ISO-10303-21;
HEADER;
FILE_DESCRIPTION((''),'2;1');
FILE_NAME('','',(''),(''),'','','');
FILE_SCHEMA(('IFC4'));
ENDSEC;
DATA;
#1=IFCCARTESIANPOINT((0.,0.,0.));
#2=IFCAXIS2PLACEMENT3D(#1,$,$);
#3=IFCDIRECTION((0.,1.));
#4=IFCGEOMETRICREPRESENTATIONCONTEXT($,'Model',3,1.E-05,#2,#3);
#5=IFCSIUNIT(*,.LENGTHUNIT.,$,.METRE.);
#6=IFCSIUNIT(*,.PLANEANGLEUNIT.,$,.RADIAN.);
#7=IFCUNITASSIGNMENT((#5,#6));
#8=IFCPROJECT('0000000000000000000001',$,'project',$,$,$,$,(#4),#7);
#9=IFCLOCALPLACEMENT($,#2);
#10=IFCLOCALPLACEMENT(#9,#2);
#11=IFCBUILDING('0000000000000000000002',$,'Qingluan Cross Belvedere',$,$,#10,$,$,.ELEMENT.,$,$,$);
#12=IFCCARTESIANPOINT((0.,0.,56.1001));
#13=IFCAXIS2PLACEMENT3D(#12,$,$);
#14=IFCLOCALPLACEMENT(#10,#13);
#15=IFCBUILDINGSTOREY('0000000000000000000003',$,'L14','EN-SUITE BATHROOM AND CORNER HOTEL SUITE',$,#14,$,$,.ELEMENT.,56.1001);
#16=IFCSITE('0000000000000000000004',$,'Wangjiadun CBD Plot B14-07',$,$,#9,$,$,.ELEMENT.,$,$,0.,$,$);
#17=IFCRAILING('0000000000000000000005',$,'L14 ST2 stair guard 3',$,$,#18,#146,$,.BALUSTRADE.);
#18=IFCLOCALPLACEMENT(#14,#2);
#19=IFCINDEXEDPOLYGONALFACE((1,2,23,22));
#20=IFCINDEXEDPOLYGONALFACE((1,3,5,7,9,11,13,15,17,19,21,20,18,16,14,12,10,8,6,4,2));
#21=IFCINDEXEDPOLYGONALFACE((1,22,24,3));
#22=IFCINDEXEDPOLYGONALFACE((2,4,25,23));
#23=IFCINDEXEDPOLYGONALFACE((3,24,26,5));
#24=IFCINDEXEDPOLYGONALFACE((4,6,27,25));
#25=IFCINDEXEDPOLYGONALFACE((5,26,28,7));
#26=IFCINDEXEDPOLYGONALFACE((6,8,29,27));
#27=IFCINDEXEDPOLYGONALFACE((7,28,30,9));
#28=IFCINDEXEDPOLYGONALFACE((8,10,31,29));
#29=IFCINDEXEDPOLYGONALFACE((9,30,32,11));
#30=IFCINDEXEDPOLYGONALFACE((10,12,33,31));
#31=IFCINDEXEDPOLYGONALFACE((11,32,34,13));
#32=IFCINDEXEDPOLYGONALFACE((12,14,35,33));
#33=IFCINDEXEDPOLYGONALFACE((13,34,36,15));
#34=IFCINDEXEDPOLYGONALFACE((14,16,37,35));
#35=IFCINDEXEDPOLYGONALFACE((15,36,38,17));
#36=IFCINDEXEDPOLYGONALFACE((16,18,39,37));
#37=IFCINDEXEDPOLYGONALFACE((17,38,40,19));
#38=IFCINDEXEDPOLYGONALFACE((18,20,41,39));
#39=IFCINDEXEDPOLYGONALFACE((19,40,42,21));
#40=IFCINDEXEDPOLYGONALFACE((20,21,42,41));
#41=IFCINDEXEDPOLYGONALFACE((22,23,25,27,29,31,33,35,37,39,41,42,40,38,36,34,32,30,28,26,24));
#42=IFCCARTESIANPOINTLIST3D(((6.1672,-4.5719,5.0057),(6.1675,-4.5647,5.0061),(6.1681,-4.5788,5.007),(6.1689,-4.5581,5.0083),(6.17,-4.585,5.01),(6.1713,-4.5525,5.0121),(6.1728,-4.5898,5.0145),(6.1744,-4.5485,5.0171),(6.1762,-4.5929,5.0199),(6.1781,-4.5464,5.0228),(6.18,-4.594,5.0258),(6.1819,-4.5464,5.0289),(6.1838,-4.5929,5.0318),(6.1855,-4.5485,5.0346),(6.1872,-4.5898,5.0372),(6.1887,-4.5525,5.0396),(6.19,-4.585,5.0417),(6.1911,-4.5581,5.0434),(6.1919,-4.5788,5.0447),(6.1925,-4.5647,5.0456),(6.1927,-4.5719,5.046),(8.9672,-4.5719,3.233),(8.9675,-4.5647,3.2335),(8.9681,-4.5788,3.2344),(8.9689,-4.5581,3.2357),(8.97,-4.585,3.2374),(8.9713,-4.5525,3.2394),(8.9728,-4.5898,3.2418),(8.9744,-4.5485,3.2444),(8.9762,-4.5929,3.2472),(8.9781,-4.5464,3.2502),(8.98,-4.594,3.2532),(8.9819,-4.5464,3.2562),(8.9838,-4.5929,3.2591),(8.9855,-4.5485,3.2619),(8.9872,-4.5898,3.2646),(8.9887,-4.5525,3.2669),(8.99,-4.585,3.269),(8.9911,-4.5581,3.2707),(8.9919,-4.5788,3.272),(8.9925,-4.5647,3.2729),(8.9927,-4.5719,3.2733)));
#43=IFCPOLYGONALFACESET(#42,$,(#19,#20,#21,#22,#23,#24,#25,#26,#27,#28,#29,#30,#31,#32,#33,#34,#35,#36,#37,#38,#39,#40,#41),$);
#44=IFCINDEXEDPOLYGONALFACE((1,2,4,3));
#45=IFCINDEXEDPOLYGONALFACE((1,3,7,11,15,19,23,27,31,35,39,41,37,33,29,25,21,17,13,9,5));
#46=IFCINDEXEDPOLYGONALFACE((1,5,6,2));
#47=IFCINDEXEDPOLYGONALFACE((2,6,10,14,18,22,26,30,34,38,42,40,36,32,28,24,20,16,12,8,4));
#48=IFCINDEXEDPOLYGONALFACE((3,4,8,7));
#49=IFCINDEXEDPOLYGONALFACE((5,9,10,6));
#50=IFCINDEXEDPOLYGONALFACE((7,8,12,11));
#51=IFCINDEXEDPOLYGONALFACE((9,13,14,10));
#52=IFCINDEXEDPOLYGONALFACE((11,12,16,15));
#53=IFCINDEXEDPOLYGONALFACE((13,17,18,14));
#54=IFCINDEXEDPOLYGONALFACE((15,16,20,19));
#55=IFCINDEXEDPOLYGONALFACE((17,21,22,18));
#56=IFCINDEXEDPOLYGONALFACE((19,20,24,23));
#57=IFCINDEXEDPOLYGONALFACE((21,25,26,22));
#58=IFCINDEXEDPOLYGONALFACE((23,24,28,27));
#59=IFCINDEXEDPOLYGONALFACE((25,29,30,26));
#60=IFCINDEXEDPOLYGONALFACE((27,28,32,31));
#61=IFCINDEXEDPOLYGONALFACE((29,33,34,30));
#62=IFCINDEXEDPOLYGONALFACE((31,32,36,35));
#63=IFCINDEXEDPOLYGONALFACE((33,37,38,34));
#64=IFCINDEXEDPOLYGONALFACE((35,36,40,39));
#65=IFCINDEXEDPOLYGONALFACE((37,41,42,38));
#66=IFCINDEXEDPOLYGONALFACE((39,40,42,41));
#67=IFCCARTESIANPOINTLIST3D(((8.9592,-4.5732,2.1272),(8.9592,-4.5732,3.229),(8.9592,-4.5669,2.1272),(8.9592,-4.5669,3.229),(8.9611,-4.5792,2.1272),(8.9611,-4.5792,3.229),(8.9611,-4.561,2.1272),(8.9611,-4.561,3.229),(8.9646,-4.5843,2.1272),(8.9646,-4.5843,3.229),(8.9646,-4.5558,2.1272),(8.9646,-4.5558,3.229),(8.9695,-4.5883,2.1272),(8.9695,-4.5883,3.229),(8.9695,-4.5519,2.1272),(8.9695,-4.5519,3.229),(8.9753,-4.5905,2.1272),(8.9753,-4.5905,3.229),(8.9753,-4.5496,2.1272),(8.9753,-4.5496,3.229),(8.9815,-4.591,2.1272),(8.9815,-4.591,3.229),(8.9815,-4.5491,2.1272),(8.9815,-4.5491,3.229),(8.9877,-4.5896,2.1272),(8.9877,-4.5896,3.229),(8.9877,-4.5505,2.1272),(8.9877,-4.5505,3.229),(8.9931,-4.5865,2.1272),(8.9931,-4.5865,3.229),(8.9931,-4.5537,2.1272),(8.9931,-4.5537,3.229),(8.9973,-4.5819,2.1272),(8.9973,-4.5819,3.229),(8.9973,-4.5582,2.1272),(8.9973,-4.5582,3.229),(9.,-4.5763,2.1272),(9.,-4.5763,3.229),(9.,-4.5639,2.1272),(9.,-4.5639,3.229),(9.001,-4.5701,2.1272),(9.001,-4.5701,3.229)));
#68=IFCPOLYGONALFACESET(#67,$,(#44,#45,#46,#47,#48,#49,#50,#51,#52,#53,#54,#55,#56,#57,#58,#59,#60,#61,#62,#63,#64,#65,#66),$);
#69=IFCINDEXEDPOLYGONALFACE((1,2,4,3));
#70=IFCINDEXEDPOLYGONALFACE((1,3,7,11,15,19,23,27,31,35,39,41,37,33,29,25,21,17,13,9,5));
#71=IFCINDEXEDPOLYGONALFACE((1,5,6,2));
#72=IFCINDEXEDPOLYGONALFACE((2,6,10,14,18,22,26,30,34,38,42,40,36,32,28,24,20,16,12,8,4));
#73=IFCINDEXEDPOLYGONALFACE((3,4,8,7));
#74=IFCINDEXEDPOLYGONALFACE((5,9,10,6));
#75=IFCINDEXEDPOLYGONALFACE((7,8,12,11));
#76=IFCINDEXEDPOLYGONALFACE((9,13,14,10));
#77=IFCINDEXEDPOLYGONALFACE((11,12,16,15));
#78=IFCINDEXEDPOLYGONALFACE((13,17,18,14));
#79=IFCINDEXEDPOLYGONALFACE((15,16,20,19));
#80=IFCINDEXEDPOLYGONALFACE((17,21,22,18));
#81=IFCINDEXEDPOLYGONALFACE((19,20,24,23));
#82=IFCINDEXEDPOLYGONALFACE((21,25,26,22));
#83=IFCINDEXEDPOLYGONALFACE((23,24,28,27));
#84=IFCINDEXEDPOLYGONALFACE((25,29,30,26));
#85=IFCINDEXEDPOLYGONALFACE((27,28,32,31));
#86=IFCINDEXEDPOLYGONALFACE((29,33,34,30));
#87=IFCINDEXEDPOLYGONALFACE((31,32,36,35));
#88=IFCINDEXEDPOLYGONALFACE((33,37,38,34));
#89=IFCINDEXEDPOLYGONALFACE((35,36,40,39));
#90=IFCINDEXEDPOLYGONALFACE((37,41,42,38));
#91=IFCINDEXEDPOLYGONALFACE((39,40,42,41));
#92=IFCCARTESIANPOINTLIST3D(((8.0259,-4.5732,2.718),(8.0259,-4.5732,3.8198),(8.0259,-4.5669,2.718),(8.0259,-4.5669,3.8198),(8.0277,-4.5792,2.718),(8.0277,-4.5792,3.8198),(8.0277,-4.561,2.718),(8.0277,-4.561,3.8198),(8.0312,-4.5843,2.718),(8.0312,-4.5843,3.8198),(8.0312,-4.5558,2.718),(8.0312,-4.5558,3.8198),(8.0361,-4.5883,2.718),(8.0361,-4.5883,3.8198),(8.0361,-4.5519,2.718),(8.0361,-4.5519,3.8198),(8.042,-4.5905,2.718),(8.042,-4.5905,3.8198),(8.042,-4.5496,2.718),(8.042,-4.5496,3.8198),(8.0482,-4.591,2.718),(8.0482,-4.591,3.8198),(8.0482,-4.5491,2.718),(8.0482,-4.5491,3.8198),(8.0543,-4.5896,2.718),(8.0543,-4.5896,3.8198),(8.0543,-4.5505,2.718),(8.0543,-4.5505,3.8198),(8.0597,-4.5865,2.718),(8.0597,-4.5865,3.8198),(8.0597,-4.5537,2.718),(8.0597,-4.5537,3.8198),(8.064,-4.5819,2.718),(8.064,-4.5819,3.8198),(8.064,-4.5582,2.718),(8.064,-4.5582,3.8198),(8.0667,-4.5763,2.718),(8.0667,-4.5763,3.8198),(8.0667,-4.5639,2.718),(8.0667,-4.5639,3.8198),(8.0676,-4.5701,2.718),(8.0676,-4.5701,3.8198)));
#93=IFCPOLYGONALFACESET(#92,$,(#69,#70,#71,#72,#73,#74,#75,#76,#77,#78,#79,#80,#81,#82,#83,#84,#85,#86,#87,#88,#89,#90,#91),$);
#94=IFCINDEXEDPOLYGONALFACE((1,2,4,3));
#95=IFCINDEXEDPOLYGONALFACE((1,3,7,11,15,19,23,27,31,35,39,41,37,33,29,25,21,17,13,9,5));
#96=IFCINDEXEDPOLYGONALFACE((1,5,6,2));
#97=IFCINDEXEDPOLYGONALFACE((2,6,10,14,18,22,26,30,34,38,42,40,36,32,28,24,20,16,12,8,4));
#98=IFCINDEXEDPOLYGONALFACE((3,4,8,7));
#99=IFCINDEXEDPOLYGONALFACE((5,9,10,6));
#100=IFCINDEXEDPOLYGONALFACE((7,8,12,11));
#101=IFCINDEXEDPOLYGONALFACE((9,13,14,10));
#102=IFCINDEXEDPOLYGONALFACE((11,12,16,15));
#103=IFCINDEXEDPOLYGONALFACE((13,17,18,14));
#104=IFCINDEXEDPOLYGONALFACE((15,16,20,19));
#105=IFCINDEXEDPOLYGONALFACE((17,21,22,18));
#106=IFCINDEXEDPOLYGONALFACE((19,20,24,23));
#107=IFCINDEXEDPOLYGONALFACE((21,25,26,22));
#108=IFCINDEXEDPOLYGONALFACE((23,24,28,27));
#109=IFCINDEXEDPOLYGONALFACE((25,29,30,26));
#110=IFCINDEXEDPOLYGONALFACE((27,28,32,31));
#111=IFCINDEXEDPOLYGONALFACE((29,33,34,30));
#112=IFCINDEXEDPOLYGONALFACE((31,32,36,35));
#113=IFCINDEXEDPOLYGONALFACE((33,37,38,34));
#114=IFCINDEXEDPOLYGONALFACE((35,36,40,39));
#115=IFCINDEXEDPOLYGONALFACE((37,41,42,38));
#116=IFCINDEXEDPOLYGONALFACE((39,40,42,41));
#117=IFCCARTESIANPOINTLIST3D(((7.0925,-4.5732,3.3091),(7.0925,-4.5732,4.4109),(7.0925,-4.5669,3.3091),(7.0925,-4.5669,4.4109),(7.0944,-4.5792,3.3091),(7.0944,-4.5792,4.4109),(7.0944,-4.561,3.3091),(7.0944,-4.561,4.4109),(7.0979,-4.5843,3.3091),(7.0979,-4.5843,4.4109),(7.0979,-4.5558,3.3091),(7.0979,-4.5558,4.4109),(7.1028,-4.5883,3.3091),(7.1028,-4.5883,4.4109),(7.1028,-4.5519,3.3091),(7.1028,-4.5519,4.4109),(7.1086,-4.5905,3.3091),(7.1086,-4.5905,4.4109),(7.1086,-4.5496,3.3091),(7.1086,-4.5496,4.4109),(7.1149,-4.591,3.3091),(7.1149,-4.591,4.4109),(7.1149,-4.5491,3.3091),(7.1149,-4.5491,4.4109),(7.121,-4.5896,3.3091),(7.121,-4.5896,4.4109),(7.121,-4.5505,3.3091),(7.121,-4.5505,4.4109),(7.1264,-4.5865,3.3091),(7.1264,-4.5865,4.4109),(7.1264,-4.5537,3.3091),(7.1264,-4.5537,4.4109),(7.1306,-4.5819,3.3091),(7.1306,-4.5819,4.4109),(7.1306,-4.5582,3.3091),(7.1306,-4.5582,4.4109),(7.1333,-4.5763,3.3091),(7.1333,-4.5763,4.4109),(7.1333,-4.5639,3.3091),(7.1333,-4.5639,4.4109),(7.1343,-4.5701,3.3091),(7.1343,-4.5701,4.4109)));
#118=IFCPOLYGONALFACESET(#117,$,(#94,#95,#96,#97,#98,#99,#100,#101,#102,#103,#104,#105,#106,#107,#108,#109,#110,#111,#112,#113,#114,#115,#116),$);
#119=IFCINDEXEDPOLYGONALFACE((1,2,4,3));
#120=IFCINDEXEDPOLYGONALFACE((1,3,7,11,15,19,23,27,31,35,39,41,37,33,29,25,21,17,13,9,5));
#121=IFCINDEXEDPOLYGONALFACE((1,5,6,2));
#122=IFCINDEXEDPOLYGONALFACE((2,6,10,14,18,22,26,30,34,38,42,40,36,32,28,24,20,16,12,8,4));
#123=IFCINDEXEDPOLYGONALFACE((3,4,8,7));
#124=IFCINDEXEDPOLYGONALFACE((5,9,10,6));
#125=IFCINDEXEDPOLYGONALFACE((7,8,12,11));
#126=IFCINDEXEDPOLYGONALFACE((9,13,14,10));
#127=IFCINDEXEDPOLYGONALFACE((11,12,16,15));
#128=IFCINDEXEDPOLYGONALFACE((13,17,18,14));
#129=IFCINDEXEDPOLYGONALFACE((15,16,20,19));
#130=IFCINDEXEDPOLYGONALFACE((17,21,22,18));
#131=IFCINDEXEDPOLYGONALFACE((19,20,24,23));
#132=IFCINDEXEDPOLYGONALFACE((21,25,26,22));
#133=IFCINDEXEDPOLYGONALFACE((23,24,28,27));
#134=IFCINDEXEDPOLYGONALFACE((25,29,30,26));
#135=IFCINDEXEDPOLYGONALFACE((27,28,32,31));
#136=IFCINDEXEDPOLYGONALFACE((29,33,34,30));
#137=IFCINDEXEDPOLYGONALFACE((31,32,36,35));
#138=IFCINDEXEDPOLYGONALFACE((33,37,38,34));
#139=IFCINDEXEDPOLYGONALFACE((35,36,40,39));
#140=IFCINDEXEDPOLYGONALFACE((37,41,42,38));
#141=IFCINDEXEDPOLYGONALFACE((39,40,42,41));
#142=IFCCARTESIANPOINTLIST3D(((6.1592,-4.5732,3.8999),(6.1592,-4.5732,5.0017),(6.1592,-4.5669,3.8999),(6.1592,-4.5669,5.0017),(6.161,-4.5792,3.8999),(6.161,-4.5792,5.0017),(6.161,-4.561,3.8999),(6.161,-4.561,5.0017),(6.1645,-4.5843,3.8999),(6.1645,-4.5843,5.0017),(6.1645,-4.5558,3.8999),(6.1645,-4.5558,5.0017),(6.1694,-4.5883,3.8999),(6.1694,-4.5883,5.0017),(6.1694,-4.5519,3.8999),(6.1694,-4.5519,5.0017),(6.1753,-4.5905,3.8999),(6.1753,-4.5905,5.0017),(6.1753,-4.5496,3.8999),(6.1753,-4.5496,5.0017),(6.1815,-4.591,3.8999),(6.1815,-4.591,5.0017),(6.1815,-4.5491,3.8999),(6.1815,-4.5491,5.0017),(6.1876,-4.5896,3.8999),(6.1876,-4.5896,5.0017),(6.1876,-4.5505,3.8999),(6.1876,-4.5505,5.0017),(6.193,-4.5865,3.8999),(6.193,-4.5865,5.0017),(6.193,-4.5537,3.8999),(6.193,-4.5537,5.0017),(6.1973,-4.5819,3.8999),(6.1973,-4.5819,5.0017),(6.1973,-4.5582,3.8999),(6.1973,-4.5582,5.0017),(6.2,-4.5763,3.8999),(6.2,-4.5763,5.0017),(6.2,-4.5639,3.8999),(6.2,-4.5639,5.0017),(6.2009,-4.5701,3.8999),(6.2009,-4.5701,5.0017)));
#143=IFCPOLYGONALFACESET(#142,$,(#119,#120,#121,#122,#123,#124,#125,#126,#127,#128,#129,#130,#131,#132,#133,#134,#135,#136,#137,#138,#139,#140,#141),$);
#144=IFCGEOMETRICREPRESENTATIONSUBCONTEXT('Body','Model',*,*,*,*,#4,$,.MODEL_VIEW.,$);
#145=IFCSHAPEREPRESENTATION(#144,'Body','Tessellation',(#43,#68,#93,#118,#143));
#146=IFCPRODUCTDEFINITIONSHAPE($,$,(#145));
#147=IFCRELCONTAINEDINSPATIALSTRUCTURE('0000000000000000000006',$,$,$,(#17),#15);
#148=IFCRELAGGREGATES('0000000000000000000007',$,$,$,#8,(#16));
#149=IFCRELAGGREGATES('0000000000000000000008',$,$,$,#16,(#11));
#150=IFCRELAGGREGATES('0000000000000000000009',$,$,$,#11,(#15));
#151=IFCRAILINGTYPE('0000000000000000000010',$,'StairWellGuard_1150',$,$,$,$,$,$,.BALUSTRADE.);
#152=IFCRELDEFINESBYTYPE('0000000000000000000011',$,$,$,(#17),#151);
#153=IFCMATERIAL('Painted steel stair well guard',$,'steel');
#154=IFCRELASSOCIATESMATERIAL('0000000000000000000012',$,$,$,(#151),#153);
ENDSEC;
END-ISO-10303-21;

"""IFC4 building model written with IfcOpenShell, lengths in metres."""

from ifc_helpers import new_model, si_unit, direction, frame, origin, origin_2d, place, context, subcontext, project, spatial, circle, extrude, material, type_object, element, save


model = new_model("IFC4")

# Units and contexts
model_context = context("Model", 3, precision=1e-05, world=origin(), true_north=direction((0.0, 1.0)))
body_context = subcontext(model_context, "Body", "Model", "MODEL_VIEW")
ifc_project = project(units=[si_unit("LENGTHUNIT", "METRE"), si_unit("PLANEANGLEUNIT", "RADIAN")], contexts=[model_context])

# Site, building, storey
site_placement = place(None, origin())
site = spatial("IfcSite", under=ifc_project, at=site_placement, Name="Wangjiadun CBD Plot B14-07", CompositionType="ELEMENT", RefElevation=0.0)
building_placement = place(site_placement, origin())
building = spatial("IfcBuilding", under=site, at=building_placement, Name="Qingluan Cross Belvedere", CompositionType="ELEMENT")
storey_placement = place(building_placement, frame((0.0, 0.0, 56.1001)))
storey = spatial("IfcBuildingStorey", under=building, at=storey_placement, Name="L14", Description="EN-SUITE BATHROOM AND CORNER HOTEL SUITE", CompositionType="ELEMENT", Elevation=56.1001)

# Railing
ifc_material_1 = material(Name="Painted steel stair well guard", Category="steel")
railing_type_1 = type_object("IfcRailingType", Name="StairWellGuard_1150", PredefinedType="BALUSTRADE", material=ifc_material_1)
railing_1_placement = place(storey_placement, frame((8.98, -4.5701, 2.1272)))
element("IfcRailing", 1, at=railing_1_placement, inside=storey, type_object=railing_type_1, Name="L14 ST2 stair guard 3", PredefinedType="BALUSTRADE", context=body_context, shape_type="SweptSolid", body=[
    extrude(circle(Radius=0.0239, at=origin_2d()), frame((0.0, 0.0, 1.126), z_axis=(-0.844909, 0.0, 0.53491), x_axis=(0.0, -1.0, 0.0)), (0.0, 0.0, 1.0), 3.314),
    extrude(circle(Radius=0.021, at=origin_2d()), origin(), (0.0, 0.0, 1.0), 1.1018),
    extrude(circle(Radius=0.021, at=origin_2d()), frame((-0.9333, 0.0, 0.5908)), (0.0, 0.0, 1.0), 1.1018),
    extrude(circle(Radius=0.021, at=origin_2d()), frame((-1.8667, 0.0, 1.1819)), (0.0, 0.0, 1.0), 1.1018),
    extrude(circle(Radius=0.021, at=origin_2d()), frame((-2.8, 0.0, 1.7727)), (0.0, 0.0, 1.0), 1.1018),
])

save(model, "model.ifc")
